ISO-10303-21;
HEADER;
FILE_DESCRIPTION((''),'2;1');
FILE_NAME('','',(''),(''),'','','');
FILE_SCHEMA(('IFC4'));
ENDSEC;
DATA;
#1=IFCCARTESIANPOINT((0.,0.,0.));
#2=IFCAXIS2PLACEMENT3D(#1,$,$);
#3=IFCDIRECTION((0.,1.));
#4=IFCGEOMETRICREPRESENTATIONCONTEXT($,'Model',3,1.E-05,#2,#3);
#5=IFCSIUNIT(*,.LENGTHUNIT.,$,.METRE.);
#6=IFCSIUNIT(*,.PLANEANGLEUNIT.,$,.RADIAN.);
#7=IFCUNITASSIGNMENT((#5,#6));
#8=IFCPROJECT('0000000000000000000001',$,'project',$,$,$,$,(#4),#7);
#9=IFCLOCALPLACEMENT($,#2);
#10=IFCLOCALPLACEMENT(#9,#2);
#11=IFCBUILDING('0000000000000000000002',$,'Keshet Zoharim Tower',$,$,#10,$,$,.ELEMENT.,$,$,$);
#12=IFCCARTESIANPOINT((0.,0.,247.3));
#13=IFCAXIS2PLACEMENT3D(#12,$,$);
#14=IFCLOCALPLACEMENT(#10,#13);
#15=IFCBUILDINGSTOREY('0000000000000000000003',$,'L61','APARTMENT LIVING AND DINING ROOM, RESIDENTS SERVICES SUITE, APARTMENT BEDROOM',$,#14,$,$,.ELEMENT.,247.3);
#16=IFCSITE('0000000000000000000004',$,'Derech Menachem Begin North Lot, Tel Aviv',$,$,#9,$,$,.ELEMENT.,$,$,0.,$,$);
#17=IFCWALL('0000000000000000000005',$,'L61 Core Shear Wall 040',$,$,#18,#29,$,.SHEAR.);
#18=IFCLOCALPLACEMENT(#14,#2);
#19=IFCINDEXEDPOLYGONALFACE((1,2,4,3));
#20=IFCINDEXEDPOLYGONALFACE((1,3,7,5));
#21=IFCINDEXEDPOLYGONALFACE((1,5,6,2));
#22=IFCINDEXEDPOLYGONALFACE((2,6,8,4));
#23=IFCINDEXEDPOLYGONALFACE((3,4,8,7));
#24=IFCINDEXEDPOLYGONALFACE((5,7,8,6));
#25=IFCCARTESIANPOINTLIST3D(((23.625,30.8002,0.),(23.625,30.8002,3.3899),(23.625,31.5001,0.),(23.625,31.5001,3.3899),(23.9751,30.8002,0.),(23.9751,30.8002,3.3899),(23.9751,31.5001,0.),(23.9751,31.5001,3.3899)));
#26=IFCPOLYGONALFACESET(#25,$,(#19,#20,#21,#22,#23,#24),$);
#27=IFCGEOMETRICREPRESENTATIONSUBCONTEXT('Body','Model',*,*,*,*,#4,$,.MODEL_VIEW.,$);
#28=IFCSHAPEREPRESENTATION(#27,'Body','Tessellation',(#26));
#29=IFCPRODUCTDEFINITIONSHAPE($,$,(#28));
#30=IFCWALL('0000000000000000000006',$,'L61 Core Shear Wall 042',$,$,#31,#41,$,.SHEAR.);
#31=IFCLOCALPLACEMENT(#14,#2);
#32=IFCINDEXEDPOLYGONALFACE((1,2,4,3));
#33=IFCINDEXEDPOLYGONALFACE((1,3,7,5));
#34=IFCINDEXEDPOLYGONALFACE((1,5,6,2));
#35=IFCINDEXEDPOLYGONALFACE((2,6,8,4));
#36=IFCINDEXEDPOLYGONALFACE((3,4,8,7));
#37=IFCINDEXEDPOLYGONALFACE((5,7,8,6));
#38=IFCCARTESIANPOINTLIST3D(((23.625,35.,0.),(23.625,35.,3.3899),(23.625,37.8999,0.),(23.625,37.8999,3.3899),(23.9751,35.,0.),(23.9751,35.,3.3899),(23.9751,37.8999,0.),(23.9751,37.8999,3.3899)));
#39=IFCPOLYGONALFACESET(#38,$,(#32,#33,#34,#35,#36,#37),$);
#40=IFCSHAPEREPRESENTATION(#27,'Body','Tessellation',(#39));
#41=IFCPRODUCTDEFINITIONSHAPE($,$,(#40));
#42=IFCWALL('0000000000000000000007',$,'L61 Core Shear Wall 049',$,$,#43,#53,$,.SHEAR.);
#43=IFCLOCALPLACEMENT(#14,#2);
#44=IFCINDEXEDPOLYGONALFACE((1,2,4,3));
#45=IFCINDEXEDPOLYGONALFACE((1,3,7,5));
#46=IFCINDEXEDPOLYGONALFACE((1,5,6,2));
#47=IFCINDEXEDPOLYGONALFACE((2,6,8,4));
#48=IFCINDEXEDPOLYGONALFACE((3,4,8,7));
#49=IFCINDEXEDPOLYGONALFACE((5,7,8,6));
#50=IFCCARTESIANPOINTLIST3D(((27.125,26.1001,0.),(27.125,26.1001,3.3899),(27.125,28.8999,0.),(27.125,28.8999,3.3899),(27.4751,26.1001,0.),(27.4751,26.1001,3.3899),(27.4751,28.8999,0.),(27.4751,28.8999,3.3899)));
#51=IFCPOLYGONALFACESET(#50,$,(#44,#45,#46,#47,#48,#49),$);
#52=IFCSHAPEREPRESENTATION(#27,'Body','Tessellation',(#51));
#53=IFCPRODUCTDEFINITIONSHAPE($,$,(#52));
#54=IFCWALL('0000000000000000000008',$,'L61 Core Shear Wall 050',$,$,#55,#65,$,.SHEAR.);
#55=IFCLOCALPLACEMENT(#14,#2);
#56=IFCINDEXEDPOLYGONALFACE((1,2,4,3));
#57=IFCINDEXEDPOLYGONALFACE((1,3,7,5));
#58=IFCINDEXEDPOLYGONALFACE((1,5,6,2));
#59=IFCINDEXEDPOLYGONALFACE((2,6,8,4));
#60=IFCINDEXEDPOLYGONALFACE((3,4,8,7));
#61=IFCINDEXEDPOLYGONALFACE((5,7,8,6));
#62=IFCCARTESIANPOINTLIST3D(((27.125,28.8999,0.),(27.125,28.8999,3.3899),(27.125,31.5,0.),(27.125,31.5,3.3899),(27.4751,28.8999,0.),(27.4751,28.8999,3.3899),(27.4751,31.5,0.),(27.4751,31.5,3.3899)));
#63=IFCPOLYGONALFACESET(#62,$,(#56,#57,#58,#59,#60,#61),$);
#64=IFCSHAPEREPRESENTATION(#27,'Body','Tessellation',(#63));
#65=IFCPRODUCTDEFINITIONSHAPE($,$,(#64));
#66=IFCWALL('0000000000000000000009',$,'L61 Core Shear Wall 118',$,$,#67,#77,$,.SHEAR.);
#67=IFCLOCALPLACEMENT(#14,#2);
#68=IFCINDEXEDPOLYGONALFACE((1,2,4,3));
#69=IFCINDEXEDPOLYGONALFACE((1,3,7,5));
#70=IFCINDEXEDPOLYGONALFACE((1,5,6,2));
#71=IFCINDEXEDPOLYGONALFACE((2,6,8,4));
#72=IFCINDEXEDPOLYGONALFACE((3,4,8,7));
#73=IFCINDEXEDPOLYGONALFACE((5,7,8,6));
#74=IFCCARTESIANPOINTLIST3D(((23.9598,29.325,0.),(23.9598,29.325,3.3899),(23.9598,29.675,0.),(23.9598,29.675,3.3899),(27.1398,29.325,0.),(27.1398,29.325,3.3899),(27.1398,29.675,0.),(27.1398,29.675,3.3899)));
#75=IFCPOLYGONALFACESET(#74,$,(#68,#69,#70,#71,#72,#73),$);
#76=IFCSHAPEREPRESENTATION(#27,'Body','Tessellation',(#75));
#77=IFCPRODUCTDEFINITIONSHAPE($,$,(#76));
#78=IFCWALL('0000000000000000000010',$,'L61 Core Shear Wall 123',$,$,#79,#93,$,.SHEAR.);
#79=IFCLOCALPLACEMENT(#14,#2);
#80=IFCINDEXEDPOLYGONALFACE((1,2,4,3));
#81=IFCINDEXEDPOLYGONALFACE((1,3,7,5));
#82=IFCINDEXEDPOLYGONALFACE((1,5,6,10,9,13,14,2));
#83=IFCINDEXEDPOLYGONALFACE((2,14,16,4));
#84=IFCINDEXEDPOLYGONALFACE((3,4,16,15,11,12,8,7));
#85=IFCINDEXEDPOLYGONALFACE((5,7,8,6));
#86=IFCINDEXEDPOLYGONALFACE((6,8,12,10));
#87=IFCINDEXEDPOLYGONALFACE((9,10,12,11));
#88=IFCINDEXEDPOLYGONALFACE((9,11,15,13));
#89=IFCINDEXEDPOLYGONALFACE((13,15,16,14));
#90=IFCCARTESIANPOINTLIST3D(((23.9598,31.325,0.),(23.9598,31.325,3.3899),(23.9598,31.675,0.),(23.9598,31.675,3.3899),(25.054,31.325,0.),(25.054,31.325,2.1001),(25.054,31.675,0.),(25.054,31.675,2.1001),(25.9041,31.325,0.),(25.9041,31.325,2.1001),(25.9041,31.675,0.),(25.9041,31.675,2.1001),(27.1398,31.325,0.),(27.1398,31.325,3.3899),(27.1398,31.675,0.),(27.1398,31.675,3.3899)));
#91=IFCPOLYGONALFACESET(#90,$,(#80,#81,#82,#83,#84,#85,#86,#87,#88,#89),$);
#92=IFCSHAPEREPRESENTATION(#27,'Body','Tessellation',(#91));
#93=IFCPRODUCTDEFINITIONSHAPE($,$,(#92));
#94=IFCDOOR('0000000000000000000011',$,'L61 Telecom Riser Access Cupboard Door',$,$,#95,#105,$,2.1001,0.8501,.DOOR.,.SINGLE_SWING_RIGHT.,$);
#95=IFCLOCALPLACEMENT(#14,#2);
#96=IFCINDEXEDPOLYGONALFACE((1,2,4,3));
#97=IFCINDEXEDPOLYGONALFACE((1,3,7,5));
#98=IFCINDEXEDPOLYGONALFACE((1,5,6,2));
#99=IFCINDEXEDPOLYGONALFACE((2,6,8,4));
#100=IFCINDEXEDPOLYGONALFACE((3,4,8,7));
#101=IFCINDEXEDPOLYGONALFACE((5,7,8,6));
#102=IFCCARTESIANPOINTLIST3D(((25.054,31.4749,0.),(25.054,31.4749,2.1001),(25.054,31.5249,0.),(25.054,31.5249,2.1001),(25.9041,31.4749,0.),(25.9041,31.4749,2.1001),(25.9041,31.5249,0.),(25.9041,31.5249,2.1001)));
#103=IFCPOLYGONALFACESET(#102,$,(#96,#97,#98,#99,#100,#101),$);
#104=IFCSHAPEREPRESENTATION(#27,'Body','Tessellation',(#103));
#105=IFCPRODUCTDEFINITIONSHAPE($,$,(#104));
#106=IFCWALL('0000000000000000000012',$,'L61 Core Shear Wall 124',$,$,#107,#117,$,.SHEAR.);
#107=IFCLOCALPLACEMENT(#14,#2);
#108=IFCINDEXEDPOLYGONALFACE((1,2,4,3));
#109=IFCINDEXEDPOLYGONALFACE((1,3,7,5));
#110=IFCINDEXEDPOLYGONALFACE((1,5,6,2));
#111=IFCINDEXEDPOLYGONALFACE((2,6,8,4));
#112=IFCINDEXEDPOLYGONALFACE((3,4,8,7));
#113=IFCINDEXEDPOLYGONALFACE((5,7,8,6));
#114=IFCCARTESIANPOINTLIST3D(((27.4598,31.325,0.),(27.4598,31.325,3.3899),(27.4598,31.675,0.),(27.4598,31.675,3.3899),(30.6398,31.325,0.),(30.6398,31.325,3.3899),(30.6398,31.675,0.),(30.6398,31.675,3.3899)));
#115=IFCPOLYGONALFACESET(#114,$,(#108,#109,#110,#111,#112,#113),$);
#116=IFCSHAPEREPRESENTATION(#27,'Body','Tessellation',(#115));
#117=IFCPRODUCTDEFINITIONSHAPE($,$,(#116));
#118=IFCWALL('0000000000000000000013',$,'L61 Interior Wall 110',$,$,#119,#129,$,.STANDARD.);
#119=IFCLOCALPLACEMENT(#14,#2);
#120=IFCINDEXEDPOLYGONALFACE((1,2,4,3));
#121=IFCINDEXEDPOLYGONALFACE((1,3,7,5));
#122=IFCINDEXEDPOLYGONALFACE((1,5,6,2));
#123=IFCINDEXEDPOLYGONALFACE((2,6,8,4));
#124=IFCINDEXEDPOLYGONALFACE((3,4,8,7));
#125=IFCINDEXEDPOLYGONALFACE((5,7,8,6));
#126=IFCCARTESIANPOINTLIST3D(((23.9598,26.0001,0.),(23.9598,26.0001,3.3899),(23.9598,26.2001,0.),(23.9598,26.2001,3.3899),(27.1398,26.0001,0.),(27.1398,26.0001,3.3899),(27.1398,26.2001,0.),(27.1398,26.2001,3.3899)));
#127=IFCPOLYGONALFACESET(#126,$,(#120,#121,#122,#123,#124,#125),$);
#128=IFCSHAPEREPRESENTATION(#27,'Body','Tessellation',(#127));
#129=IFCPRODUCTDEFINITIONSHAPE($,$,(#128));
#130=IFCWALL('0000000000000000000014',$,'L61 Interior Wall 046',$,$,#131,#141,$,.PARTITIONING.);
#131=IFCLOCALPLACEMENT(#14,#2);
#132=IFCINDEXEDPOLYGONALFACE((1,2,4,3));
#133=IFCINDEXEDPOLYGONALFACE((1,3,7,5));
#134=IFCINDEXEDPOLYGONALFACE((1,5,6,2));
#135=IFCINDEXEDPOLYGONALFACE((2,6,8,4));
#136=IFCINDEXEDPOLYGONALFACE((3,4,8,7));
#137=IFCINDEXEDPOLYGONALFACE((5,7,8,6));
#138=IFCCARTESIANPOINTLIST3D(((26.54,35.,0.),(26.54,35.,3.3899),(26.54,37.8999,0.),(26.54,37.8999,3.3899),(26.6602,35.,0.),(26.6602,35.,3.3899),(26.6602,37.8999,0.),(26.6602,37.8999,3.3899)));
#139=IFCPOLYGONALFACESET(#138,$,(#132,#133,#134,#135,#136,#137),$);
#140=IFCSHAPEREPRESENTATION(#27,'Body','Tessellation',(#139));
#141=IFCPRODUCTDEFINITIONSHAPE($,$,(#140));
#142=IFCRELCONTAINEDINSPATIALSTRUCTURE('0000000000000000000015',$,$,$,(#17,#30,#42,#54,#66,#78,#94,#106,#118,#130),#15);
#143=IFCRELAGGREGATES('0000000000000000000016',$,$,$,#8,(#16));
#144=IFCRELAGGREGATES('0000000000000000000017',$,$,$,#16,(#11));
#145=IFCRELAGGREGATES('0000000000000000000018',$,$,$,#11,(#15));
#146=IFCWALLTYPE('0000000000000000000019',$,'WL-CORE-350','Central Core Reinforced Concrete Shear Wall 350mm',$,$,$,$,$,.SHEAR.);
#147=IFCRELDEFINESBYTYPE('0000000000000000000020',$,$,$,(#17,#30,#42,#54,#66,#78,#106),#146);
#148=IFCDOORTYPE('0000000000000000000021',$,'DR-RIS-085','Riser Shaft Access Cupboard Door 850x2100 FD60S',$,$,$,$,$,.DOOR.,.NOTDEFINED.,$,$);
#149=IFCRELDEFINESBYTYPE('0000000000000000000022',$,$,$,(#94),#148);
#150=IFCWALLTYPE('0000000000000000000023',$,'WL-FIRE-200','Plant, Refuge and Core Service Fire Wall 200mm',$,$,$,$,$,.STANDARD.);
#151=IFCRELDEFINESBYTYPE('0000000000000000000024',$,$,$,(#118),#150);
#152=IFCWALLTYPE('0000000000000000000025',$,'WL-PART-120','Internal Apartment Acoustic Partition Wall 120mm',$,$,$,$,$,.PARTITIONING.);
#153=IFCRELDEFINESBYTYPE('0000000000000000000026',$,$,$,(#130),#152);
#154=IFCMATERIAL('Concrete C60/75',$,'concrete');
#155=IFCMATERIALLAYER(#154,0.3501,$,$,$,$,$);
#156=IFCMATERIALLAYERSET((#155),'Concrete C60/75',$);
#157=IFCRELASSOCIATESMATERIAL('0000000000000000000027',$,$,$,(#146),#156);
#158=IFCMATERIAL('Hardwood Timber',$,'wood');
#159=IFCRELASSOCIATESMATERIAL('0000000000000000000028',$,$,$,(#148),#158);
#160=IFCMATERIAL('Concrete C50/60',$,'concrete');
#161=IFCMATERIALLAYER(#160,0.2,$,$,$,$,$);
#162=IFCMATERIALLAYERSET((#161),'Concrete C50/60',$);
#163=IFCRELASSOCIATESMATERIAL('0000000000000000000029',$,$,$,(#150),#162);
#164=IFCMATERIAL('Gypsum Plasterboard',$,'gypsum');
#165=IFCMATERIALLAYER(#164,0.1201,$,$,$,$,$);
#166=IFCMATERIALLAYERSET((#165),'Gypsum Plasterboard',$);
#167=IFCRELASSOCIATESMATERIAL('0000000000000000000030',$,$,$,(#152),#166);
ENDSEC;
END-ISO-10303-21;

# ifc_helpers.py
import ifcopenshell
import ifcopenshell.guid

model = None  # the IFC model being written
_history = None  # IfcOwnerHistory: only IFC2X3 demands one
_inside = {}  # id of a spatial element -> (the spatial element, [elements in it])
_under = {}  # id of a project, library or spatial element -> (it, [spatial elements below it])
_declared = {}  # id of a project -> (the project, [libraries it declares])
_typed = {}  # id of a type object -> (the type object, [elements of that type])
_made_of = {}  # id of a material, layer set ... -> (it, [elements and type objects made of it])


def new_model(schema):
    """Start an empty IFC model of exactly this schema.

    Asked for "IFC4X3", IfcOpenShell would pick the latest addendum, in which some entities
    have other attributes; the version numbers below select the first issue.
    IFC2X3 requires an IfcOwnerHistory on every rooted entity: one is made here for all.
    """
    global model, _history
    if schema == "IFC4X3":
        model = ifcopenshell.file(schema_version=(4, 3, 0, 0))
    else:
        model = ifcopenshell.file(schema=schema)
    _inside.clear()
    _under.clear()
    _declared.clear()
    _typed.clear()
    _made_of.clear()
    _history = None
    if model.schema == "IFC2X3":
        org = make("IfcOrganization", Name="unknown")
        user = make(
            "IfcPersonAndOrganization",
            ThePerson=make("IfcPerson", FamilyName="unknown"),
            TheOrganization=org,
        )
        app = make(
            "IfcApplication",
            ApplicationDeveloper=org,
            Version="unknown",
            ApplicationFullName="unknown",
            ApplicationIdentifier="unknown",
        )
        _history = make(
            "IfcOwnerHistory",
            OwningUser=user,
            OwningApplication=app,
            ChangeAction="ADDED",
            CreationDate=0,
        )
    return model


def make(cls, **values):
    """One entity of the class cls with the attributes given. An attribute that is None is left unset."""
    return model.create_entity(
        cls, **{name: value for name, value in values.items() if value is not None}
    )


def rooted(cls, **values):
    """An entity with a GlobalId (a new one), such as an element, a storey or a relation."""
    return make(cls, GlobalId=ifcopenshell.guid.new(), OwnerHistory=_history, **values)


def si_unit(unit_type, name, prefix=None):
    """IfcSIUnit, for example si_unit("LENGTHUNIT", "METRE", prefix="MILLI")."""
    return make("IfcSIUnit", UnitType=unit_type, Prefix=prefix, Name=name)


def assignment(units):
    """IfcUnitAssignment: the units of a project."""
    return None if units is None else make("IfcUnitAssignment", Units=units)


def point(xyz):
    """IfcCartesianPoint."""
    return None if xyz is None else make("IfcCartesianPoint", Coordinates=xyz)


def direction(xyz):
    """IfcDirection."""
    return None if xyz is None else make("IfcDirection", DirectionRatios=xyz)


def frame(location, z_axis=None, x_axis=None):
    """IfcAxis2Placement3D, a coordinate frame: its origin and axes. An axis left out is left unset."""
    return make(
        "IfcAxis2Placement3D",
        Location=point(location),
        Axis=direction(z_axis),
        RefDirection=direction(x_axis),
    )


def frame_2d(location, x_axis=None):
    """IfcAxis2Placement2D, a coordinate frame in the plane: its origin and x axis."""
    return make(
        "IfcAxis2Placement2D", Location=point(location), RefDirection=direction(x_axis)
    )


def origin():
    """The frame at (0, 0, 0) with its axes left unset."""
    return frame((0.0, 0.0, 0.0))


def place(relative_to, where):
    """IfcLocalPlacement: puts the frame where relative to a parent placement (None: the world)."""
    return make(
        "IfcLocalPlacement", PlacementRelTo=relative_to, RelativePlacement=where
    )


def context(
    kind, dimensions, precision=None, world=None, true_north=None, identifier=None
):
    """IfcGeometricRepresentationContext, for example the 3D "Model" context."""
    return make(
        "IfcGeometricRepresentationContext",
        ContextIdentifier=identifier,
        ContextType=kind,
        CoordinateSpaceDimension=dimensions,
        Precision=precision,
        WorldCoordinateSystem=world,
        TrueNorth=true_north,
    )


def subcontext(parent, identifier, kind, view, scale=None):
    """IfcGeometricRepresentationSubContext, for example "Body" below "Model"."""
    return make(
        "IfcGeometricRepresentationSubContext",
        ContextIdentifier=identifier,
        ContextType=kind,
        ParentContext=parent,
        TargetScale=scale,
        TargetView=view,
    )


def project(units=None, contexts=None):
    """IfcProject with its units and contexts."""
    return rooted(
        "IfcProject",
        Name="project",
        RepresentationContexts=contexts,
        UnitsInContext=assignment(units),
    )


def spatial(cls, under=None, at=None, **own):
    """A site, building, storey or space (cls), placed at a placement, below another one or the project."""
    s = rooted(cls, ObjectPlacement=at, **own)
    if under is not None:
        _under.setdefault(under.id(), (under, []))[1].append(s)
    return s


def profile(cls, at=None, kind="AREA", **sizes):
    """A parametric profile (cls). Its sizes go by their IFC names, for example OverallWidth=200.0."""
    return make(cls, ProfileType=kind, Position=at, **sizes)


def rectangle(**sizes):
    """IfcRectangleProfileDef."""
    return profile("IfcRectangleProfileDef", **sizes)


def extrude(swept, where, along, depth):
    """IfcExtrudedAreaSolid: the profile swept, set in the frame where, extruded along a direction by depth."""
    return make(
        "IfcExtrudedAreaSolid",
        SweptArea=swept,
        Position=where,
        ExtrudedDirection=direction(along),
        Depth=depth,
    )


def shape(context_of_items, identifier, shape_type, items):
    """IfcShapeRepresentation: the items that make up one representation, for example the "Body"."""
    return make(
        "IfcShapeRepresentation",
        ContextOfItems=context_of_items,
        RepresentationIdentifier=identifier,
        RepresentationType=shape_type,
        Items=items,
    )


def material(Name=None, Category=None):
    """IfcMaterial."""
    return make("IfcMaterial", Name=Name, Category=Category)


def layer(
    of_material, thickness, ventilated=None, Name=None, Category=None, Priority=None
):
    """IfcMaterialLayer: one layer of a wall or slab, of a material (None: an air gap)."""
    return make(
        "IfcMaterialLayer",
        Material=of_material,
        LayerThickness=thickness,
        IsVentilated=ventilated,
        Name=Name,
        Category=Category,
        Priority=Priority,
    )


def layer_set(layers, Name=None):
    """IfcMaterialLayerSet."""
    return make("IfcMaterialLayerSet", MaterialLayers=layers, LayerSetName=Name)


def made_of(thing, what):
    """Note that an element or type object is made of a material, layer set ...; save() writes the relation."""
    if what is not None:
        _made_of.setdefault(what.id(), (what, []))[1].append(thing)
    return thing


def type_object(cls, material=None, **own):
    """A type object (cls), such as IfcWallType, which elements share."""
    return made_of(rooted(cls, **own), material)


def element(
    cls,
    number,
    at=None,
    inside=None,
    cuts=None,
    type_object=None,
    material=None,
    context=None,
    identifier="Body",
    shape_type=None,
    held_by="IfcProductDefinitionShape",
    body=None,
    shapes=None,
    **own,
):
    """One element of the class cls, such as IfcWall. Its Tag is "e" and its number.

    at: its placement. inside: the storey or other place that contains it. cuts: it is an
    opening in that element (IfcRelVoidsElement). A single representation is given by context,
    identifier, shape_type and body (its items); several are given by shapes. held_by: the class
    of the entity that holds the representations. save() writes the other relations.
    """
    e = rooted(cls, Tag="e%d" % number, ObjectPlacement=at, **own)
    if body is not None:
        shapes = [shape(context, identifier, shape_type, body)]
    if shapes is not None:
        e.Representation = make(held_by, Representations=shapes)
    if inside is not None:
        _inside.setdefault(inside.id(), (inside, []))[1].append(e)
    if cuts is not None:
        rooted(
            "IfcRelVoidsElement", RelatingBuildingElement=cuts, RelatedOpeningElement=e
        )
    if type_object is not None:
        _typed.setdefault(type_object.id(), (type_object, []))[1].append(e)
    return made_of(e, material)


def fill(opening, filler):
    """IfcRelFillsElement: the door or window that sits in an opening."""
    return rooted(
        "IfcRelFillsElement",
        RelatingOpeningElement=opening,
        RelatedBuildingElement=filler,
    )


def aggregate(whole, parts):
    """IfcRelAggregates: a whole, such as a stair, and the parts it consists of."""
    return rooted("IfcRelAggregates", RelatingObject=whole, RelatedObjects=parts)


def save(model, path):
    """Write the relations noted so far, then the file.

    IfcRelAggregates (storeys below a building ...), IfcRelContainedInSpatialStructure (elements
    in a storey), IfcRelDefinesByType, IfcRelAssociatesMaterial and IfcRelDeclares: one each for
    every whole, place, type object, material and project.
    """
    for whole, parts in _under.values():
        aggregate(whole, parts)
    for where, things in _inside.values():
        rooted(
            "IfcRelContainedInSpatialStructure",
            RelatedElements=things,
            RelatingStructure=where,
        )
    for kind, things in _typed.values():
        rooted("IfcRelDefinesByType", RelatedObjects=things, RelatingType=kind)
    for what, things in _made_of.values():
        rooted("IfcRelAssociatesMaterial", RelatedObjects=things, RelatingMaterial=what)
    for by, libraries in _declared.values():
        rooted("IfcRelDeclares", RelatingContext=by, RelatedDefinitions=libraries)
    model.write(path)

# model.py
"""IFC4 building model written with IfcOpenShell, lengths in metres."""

from ifc_helpers import new_model, si_unit, direction, frame, frame_2d, origin, place, context, subcontext, project, spatial, rectangle, extrude, material, layer, layer_set, type_object, element, fill, save


model = new_model("IFC4")

# Units and contexts
model_context = context("Model", 3, precision=1e-05, world=origin(), true_north=direction((0.0, 1.0)))
body_context = subcontext(model_context, "Body", "Model", "MODEL_VIEW")
ifc_project = project(units=[si_unit("LENGTHUNIT", "METRE"), si_unit("PLANEANGLEUNIT", "RADIAN")], contexts=[model_context])

# Site, building, storey
site_placement = place(None, origin())
site = spatial("IfcSite", under=ifc_project, at=site_placement, Name="Derech Menachem Begin North Lot, Tel Aviv", CompositionType="ELEMENT", RefElevation=0.0)
building_placement = place(site_placement, origin())
building = spatial("IfcBuilding", under=site, at=building_placement, Name="Keshet Zoharim Tower", CompositionType="ELEMENT")
storey_placement = place(building_placement, frame((0.0, 0.0, 247.3)))
storey = spatial("IfcBuildingStorey", under=building, at=storey_placement, Name="L61", Description="APARTMENT LIVING AND DINING ROOM, RESIDENTS SERVICES SUITE, APARTMENT BEDROOM", CompositionType="ELEMENT", Elevation=247.3)

# Shared definitions
ifc_material_1 = material(Name="Gypsum Plasterboard", Category="gypsum")

# Shared definitions
ifc_material_2 = material(Name="Concrete C60/75", Category="concrete")
ifc_layer_1 = layer(ifc_material_2, 0.3501)
ifc_layer_set_1 = layer_set([ifc_layer_1], Name="Concrete C60/75")
wall_type_1 = type_object("IfcWallType", Name="WL-CORE-350", Description="Central Core Reinforced Concrete Shear Wall 350mm", PredefinedType="SHEAR", material=ifc_layer_set_1)
ifc_material_3 = material(Name="Hardwood Timber", Category="wood")

# Wall
wall_1_placement = place(storey_placement, frame((23.8, 30.8, 0.0), z_axis=(0.0, 0.0, 1.0), x_axis=(0.0, 1.0, 0.0)))
element("IfcWall", 1, at=wall_1_placement, inside=storey, type_object=wall_type_1, Name="L61 Core Shear Wall 040", PredefinedType="SHEAR", context=body_context, shape_type="SweptSolid", body=[
    extrude(rectangle(XDim=0.7, YDim=0.3501, at=frame_2d((0.3501, 0.0))), origin(), (0.0, 0.0, 1.0), 3.3899),
])

# Walls
wall_2_placement = place(storey_placement, frame((23.8, 35.0, 0.0), z_axis=(0.0, 0.0, 1.0), x_axis=(0.0, 1.0, 0.0)))
element("IfcWall", 2, at=wall_2_placement, inside=storey, type_object=wall_type_1, Name="L61 Core Shear Wall 042", PredefinedType="SHEAR", context=body_context, shape_type="SweptSolid", body=[
    extrude(rectangle(XDim=2.8999, YDim=0.3501, at=frame_2d((1.45, 0.0))), origin(), (0.0, 0.0, 1.0), 3.3899),
])
wall_3_placement = place(storey_placement, frame((27.3, 26.1001, 0.0), z_axis=(0.0, 0.0, 1.0), x_axis=(0.0, 1.0, 0.0)))
element("IfcWall", 3, at=wall_3_placement, inside=storey, type_object=wall_type_1, Name="L61 Core Shear Wall 049", PredefinedType="SHEAR", context=body_context, shape_type="SweptSolid", body=[
    extrude(rectangle(XDim=2.7998, YDim=0.3501, at=frame_2d((1.3999, 0.0))), origin(), (0.0, 0.0, 1.0), 3.3899),
])
wall_4_placement = place(storey_placement, frame((27.3, 28.8999, 0.0), z_axis=(0.0, 0.0, 1.0), x_axis=(0.0, 1.0, 0.0)))
element("IfcWall", 4, at=wall_4_placement, inside=storey, type_object=wall_type_1, Name="L61 Core Shear Wall 050", PredefinedType="SHEAR", context=body_context, shape_type="SweptSolid", body=[
    extrude(rectangle(XDim=2.6001, YDim=0.3501, at=frame_2d((1.3, 0.0))), origin(), (0.0, 0.0, 1.0), 3.3899),
])

# Wall
wall_5_placement = place(storey_placement, frame((23.96, 29.5, 0.0), z_axis=(0.0, 0.0, 1.0), x_axis=(1.0, 0.0, 0.0)))
element("IfcWall", 5, at=wall_5_placement, inside=storey, type_object=wall_type_1, Name="L61 Core Shear Wall 118", PredefinedType="SHEAR", context=body_context, shape_type="SweptSolid", body=[
    extrude(rectangle(XDim=3.1799, YDim=0.3501, at=frame_2d((1.5898, 0.0))), origin(), (0.0, 0.0, 1.0), 3.3899),
])

# Wall, opening, door
wall_6_placement = place(storey_placement, frame((23.96, 31.5, 0.0), z_axis=(0.0, 0.0, 1.0), x_axis=(1.0, 0.0, 0.0)))
wall_6 = element("IfcWall", 6, at=wall_6_placement, inside=storey, type_object=wall_type_1, Name="L61 Core Shear Wall 123", PredefinedType="SHEAR", context=body_context, shape_type="SweptSolid", body=[
    extrude(rectangle(XDim=3.1799, YDim=0.3501, at=frame_2d((1.5898, 0.0))), origin(), (0.0, 0.0, 1.0), 3.3899),
])
opening_1_placement = place(wall_6_placement, frame((1.094, 0.0, 0.0)))
opening_1 = element("IfcOpeningElement", 7, at=opening_1_placement, cuts=wall_6, PredefinedType="OPENING", context=body_context, shape_type="SweptSolid", body=[
    extrude(rectangle(XDim=0.8501, YDim=2.1001, at=frame_2d((0.425, 1.05))), frame((0.0, 0.1851, 0.0), z_axis=(0.0, -1.0, 0.0), x_axis=(1.0, 0.0, 0.0)), (0.0, 0.0, 1.0), 0.3701),
])
door_type_1 = type_object("IfcDoorType", Name="DR-RIS-085", Description="Riser Shaft Access Cupboard Door 850x2100 FD60S", OperationType="NOTDEFINED", PredefinedType="DOOR", material=ifc_material_3)
door_1_placement = place(opening_1_placement, origin())
door_1 = element("IfcDoor", 8, at=door_1_placement, inside=storey, type_object=door_type_1, Name="L61 Telecom Riser Access Cupboard Door", OperationType="SINGLE_SWING_RIGHT", OverallHeight=2.1001, OverallWidth=0.8501, PredefinedType="DOOR", context=body_context, shape_type="SweptSolid", body=[
    extrude(rectangle(XDim=0.8501, YDim=2.1001, at=frame_2d((0.425, 1.05))), frame((0.0, 0.0249, 0.0), z_axis=(0.0, -1.0, 0.0), x_axis=(1.0, 0.0, 0.0)), (0.0, 0.0, 1.0), 0.05),
])
fill(opening_1, door_1)

# Wall
wall_7_placement = place(storey_placement, frame((27.46, 31.5, 0.0), z_axis=(0.0, 0.0, 1.0), x_axis=(1.0, 0.0, 0.0)))
element("IfcWall", 9, at=wall_7_placement, inside=storey, type_object=wall_type_1, Name="L61 Core Shear Wall 124", PredefinedType="SHEAR", context=body_context, shape_type="SweptSolid", body=[
    extrude(rectangle(XDim=3.1799, YDim=0.3501, at=frame_2d((1.5898, 0.0))), origin(), (0.0, 0.0, 1.0), 3.3899),
])

# Walls
ifc_material_4 = material(Name="Concrete C50/60", Category="concrete")
ifc_layer_2 = layer(ifc_material_4, 0.2)
ifc_layer_set_2 = layer_set([ifc_layer_2], Name="Concrete C50/60")
wall_type_2 = type_object("IfcWallType", Name="WL-FIRE-200", Description="Plant, Refuge and Core Service Fire Wall 200mm", PredefinedType="STANDARD", material=ifc_layer_set_2)
wall_8_placement = place(storey_placement, frame((23.96, 26.1001, 0.0), z_axis=(0.0, 0.0, 1.0), x_axis=(1.0, 0.0, 0.0)))
element("IfcWall", 10, at=wall_8_placement, inside=storey, type_object=wall_type_2, Name="L61 Interior Wall 110", PredefinedType="STANDARD", context=body_context, shape_type="SweptSolid", body=[
    extrude(rectangle(XDim=3.1799, YDim=0.2, at=frame_2d((1.5898, 0.0))), origin(), (0.0, 0.0, 1.0), 3.3899),
])
ifc_layer_3 = layer(ifc_material_1, 0.1201)
ifc_layer_set_3 = layer_set([ifc_layer_3], Name="Gypsum Plasterboard")
wall_type_3 = type_object("IfcWallType", Name="WL-PART-120", Description="Internal Apartment Acoustic Partition Wall 120mm", PredefinedType="PARTITIONING", material=ifc_layer_set_3)
wall_9_placement = place(storey_placement, frame((26.6001, 35.0, 0.0), z_axis=(0.0, 0.0, 1.0), x_axis=(0.0, 1.0, 0.0)))
element("IfcWall", 11, at=wall_9_placement, inside=storey, type_object=wall_type_3, Name="L61 Interior Wall 046", PredefinedType="PARTITIONING", context=body_context, shape_type="SweptSolid", body=[
    extrude(rectangle(XDim=2.8999, YDim=0.1201, at=frame_2d((1.45, 0.0))), origin(), (0.0, 0.0, 1.0), 3.3899),
])

save(model, "model.ifc")
